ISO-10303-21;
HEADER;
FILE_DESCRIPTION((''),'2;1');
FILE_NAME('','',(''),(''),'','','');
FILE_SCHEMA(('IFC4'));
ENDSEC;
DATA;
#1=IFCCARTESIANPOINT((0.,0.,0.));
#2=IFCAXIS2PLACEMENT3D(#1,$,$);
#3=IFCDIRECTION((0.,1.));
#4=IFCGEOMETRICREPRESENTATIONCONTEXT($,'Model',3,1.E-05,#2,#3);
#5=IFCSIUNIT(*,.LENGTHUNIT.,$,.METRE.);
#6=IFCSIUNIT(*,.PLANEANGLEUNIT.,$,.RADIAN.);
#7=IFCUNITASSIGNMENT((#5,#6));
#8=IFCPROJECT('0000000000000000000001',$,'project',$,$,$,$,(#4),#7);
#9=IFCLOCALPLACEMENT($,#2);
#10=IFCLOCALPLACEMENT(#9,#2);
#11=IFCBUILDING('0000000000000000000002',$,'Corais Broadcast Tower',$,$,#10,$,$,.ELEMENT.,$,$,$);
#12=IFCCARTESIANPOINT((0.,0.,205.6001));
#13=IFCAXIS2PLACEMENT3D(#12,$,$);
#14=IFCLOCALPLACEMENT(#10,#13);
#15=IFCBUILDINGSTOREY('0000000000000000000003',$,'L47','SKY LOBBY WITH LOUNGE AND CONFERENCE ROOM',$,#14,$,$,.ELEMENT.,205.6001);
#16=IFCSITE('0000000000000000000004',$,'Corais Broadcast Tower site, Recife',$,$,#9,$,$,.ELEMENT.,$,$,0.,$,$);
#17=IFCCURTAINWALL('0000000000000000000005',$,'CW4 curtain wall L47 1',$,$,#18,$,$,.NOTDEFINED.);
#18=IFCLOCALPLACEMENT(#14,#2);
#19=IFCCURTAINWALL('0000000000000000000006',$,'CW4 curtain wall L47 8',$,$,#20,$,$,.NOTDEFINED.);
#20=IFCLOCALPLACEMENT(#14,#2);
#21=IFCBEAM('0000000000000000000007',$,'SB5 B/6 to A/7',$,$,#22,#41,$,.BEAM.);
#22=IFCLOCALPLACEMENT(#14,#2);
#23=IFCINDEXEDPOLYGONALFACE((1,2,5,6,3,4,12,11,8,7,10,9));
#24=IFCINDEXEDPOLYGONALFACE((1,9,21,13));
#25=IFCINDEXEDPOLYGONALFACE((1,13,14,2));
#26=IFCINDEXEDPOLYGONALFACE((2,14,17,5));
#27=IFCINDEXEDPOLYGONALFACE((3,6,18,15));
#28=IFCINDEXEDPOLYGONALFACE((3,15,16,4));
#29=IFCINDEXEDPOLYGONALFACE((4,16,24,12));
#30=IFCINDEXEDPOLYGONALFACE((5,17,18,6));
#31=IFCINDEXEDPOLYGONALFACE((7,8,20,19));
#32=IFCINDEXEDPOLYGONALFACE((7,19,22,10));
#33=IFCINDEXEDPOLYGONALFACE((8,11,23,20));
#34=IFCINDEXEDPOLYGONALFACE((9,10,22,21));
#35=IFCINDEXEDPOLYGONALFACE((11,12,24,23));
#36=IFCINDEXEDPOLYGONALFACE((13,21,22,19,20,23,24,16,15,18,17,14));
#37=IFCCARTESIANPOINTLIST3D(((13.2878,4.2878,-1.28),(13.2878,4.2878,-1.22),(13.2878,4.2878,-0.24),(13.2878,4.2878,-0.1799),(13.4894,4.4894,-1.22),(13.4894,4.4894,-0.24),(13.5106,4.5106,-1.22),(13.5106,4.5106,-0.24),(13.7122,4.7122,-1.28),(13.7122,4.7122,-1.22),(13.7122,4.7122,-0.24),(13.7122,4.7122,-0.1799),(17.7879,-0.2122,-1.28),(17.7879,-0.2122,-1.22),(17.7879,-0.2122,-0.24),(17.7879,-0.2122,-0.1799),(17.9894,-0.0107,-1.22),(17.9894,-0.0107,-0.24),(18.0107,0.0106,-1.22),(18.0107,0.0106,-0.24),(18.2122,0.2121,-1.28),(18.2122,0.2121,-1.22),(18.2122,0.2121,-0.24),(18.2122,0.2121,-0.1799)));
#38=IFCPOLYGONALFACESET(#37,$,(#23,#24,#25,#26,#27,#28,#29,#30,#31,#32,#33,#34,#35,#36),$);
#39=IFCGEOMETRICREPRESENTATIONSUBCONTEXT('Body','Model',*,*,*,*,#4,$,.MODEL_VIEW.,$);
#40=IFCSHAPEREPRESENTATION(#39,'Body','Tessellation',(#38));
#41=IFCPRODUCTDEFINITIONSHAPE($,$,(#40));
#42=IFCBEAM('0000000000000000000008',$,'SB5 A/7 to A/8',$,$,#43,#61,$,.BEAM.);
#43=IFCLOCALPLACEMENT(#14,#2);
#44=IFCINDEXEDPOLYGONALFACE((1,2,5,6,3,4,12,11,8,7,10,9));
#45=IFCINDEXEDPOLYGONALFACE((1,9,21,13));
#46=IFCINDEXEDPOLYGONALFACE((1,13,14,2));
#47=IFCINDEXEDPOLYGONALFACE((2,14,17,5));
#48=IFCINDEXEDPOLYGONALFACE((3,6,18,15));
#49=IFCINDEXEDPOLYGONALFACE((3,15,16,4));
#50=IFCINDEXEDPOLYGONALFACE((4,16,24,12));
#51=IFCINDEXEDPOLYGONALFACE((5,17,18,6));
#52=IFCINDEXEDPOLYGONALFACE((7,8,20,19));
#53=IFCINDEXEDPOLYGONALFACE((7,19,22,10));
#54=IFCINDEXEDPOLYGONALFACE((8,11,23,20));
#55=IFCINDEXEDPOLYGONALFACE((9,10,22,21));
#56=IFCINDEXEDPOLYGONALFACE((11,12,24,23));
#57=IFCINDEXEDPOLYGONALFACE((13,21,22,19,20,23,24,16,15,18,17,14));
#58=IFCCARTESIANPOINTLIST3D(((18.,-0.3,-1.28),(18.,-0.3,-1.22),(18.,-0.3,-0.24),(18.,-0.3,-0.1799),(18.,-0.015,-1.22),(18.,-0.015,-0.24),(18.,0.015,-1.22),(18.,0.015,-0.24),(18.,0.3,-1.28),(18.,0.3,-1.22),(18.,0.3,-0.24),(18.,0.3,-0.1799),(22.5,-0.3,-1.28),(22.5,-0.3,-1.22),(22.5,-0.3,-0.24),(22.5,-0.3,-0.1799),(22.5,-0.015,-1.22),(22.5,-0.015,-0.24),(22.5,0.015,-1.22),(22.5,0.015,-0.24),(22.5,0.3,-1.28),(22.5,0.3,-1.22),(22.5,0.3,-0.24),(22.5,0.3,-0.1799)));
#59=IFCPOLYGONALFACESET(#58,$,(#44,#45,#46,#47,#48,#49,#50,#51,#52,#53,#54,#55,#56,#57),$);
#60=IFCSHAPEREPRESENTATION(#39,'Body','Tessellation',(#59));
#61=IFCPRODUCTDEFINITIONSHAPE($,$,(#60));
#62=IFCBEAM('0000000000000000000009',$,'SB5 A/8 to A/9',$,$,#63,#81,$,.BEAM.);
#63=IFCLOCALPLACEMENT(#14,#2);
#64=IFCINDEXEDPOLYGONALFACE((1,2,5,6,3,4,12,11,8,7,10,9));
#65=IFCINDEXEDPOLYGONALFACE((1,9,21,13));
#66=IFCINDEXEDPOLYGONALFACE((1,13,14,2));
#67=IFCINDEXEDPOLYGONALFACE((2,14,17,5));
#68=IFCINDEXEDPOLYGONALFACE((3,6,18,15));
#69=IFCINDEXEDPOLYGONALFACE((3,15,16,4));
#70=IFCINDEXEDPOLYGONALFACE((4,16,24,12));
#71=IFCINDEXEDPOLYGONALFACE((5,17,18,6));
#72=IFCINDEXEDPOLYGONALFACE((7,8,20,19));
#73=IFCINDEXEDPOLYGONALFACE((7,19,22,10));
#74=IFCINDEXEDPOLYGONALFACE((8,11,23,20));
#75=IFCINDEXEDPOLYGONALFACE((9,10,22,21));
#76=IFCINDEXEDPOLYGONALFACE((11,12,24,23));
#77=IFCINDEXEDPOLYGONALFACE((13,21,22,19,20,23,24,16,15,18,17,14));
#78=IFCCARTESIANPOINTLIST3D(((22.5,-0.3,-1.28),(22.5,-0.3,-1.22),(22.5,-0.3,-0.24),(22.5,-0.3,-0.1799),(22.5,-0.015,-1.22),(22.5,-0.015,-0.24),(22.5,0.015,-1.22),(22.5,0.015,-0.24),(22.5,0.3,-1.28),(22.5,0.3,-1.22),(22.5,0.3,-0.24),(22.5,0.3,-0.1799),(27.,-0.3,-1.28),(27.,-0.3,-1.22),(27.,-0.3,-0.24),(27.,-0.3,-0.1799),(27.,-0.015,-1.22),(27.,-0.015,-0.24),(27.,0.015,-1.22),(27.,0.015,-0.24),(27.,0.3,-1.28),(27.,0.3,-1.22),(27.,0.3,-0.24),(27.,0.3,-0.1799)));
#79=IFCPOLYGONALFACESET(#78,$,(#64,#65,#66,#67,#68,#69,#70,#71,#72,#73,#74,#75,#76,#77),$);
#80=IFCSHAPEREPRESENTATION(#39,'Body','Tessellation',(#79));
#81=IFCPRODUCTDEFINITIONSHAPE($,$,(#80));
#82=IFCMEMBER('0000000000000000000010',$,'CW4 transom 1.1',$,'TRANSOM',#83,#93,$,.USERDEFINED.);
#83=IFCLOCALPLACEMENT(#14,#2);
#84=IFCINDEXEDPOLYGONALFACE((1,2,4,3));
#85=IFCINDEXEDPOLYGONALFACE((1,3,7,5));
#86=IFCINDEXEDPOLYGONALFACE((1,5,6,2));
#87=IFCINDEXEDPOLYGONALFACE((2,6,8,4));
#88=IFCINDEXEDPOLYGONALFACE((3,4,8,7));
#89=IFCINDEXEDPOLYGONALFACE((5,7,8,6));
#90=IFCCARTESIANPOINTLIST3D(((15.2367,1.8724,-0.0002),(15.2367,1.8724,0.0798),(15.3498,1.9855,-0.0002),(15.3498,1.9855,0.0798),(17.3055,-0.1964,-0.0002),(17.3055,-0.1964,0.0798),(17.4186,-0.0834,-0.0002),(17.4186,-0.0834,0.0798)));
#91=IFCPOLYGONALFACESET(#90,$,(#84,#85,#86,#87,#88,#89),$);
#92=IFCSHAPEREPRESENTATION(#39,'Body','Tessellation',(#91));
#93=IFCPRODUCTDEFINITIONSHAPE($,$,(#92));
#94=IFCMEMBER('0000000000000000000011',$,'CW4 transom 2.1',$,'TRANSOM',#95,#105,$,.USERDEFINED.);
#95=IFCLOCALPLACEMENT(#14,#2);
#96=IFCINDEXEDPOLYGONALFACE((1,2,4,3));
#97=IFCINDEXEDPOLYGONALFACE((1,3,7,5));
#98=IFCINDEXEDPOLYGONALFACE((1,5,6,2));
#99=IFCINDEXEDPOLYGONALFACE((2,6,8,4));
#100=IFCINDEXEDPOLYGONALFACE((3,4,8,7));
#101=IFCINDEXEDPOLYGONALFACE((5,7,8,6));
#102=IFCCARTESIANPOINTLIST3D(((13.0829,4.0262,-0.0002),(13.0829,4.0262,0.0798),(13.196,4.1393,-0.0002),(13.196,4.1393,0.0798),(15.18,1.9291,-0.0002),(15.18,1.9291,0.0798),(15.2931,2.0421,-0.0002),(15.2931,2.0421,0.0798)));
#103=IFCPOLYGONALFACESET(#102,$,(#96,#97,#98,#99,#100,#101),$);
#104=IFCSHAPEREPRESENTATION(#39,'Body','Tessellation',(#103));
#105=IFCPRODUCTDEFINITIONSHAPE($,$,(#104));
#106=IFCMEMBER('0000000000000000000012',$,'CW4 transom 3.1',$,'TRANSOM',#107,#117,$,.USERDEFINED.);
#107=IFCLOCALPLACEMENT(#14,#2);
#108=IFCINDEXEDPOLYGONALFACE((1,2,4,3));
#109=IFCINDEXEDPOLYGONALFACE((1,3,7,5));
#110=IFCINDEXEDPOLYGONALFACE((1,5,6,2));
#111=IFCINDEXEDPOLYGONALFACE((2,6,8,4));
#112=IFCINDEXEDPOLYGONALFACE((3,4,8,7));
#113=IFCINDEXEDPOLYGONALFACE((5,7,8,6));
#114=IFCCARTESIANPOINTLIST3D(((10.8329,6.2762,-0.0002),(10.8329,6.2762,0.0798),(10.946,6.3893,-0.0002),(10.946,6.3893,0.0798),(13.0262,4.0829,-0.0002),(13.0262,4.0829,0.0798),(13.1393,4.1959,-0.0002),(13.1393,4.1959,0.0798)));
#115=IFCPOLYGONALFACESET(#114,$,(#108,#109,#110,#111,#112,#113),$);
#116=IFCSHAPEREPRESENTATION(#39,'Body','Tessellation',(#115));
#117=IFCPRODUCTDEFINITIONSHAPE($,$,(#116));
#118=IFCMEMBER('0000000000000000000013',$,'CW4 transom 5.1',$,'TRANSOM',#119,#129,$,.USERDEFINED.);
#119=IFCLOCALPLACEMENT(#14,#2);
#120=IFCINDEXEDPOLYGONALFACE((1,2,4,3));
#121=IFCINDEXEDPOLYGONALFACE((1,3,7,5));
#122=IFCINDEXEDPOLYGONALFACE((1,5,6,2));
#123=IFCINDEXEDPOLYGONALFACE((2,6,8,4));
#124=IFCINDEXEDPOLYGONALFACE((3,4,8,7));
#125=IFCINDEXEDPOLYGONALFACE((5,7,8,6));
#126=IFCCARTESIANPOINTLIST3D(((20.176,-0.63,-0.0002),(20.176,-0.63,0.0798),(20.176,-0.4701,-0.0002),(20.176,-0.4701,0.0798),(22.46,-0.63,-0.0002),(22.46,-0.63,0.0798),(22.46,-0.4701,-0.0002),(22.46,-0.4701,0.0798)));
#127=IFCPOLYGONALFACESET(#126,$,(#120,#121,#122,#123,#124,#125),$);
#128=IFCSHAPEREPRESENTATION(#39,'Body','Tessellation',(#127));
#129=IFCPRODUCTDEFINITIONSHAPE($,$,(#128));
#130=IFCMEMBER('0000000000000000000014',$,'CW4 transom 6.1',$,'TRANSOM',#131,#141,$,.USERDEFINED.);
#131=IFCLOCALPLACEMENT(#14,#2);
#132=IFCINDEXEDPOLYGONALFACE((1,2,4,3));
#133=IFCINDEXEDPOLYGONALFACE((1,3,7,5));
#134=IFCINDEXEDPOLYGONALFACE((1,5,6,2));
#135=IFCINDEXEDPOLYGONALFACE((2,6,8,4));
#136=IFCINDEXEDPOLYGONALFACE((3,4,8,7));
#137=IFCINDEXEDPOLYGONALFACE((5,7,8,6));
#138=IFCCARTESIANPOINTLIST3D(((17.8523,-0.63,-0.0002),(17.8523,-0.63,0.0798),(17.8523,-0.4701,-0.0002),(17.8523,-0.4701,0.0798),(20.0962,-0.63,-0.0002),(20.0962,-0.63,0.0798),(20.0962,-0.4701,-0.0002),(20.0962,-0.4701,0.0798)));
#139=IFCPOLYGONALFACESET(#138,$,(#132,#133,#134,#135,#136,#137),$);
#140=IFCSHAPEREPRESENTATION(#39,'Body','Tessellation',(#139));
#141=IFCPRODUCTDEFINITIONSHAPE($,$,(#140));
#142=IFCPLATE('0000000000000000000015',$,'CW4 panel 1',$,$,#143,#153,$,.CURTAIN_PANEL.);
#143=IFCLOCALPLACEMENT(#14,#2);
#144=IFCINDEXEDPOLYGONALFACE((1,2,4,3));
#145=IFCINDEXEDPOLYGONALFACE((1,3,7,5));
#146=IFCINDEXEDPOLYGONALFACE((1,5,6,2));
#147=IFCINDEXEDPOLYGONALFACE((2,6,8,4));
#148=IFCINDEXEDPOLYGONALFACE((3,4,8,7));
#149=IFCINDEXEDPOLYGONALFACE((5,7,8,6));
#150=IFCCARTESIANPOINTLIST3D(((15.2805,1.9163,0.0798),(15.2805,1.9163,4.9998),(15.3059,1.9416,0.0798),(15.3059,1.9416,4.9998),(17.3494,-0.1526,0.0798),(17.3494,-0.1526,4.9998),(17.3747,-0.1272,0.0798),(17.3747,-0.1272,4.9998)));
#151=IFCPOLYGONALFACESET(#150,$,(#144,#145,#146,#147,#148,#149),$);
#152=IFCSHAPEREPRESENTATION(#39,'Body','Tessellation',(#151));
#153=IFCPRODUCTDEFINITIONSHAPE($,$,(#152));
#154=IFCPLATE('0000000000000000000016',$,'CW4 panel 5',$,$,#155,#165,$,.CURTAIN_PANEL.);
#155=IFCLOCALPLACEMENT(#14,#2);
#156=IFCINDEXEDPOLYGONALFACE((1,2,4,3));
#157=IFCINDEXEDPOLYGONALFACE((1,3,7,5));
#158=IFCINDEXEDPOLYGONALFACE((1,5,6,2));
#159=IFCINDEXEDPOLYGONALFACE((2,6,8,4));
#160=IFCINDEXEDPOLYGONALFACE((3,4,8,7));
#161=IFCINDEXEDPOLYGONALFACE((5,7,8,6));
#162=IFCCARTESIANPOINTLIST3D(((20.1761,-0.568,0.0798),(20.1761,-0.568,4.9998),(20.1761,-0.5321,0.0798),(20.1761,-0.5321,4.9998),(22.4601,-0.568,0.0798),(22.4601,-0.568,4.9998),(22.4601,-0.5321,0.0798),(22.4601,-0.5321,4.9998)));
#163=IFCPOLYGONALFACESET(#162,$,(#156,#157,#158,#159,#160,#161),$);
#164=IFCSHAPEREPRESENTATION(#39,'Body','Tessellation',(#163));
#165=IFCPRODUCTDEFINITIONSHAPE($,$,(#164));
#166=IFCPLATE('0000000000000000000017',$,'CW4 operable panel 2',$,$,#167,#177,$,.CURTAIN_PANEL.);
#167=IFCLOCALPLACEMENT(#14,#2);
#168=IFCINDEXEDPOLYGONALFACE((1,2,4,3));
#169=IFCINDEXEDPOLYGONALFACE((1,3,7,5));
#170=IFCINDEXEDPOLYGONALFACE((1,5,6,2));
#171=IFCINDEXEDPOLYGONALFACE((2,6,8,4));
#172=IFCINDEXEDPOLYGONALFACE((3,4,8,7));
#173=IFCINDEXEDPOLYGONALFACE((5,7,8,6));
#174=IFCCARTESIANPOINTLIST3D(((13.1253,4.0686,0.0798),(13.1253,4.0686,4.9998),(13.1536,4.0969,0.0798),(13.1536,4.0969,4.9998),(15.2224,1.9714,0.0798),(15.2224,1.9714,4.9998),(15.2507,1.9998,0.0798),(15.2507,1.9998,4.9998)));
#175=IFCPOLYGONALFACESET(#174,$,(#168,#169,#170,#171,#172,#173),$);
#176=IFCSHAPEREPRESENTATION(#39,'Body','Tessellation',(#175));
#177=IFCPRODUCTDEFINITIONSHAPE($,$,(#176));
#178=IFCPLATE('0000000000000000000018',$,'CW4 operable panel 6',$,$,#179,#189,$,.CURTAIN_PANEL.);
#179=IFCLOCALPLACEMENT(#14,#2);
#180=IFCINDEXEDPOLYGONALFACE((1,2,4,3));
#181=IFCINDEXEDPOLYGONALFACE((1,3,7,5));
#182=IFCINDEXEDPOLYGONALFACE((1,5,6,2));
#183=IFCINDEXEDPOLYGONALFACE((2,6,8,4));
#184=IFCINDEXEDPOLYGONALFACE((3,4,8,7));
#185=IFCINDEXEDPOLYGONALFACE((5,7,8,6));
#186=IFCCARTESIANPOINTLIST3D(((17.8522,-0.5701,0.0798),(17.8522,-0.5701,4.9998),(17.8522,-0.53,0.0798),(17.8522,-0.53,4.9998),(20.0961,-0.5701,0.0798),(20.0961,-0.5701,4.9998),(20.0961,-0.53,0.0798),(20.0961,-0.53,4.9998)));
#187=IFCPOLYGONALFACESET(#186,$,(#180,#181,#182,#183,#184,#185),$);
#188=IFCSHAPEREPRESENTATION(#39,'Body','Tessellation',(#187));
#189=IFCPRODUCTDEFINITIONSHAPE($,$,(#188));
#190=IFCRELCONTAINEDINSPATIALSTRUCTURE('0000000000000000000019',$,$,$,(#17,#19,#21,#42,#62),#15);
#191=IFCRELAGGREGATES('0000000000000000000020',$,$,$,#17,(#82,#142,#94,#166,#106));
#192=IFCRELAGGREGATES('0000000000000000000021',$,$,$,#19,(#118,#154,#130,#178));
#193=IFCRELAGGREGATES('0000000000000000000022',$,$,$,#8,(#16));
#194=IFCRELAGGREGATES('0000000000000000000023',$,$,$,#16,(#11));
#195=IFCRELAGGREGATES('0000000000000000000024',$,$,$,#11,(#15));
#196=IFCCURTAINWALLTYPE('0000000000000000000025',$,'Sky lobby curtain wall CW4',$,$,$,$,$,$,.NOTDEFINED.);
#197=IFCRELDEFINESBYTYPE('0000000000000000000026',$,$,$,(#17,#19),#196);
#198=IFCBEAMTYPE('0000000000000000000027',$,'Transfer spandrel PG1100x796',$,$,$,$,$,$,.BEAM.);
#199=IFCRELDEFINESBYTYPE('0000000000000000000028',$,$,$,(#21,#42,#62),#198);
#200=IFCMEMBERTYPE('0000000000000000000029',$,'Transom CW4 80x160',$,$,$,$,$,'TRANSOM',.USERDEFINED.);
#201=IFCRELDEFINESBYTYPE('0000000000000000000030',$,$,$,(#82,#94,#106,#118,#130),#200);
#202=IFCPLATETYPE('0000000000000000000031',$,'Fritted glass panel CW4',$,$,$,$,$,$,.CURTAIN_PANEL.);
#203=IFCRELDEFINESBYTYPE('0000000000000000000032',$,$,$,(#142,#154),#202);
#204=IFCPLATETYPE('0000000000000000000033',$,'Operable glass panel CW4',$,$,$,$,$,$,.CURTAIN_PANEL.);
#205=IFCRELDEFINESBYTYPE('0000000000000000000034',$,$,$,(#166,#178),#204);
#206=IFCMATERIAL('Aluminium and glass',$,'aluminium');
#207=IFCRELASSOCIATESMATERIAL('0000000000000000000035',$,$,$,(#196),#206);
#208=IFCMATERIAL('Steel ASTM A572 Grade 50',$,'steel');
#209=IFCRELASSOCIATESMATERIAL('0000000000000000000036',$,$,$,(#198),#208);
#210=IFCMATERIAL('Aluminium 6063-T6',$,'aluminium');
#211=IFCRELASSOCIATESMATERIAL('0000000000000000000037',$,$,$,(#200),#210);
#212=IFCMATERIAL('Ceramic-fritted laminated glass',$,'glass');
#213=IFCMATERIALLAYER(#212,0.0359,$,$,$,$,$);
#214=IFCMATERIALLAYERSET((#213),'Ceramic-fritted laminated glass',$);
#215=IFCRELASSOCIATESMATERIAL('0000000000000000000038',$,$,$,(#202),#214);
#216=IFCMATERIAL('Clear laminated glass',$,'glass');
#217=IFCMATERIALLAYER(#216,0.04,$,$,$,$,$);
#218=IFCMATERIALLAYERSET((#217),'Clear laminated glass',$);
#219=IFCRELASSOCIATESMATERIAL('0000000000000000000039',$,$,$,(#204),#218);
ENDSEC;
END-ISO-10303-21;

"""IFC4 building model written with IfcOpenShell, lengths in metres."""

from ifc_helpers import new_model, si_unit, direction, frame, origin, origin_2d, place, context, subcontext, project, spatial, rectangle, i_section, extrude, material, layer, layer_set, material_profile, profile_set, type_object, element, aggregate, save


model = new_model("IFC4")

# Units and contexts
model_context = context("Model", 3, precision=1e-05, world=origin(), true_north=direction((0.0, 1.0)))
body_context = subcontext(model_context, "Body", "Model", "MODEL_VIEW")
ifc_project = project(units=[si_unit("LENGTHUNIT", "METRE"), si_unit("PLANEANGLEUNIT", "RADIAN")], contexts=[model_context])

# Site, building, storey
site_placement = place(None, origin())
site = spatial("IfcSite", under=ifc_project, at=site_placement, Name="Corais Broadcast Tower site, Recife", CompositionType="ELEMENT", RefElevation=0.0)
building_placement = place(site_placement, origin())
building = spatial("IfcBuilding", under=site, at=building_placement, Name="Corais Broadcast Tower", CompositionType="ELEMENT")
storey_placement = place(building_placement, frame((0.0, 0.0, 205.6001)))
storey = spatial("IfcBuildingStorey", under=building, at=storey_placement, Name="L47", Description="SKY LOBBY WITH LOUNGE AND CONFERENCE ROOM", CompositionType="ELEMENT", Elevation=205.6001)

# Curtain walls
ifc_material_1 = material(Name="Aluminium and glass", Category="aluminium")
curtain_wall_type = type_object("IfcCurtainWallType", Name="Sky lobby curtain wall CW4", PredefinedType="NOTDEFINED", material=ifc_material_1)
curtain_wall_1_placement = place(storey_placement, origin())
curtain_wall_1 = element("IfcCurtainWall", 1, at=curtain_wall_1_placement, inside=storey, type_object=curtain_wall_type, Name="CW4 curtain wall L47 1", PredefinedType="NOTDEFINED")
curtain_wall_2_placement = place(storey_placement, origin())
curtain_wall_2 = element("IfcCurtainWall", 2, at=curtain_wall_2_placement, inside=storey, type_object=curtain_wall_type, Name="CW4 curtain wall L47 8", PredefinedType="NOTDEFINED")

# Beams
ifc_material_2 = material(Name="Steel ASTM A572 Grade 50", Category="steel")
ifc_material_profile_1 = material_profile(ifc_material_2, i_section(OverallWidth=0.6001, OverallDepth=1.1001, WebThickness=0.03, FlangeThickness=0.0601, at=origin_2d()), Name="PG1100x796")
ifc_profile_set_1 = profile_set([ifc_material_profile_1], Name="Steel ASTM A572 Grade 50")
beam_type_1 = type_object("IfcBeamType", Name="Transfer spandrel PG1100x796", PredefinedType="BEAM", material=ifc_profile_set_1)
beam_1_placement = place(storey_placement, frame((13.5, 4.5, -0.73), z_axis=(0.707107, -0.707107, 0.0), x_axis=(0.707107, 0.707107, 0.0)))
element("IfcBeam", 3, at=beam_1_placement, inside=storey, type_object=beam_type_1, Name="SB5 B/6 to A/7", PredefinedType="BEAM", context=body_context, shape_type="SweptSolid", body=[
    extrude(i_section(OverallWidth=0.6001, OverallDepth=1.1001, WebThickness=0.03, FlangeThickness=0.0601, at=origin_2d()), origin(), (0.0, 0.0, 1.0), 6.364),
])
for number, where, z_axis, x_axis, name in (
    (4, (18.0, 0.0, -0.73), (1.0, 0.0, 0.0), (0.0, 1.0, 0.0), "SB5 A/7 to A/8"),
    (5, (22.5, 0.0, -0.73), (1.0, 0.0, 0.0), (0.0, 1.0, 0.0), "SB5 A/8 to A/9"),
):
    element("IfcBeam", number, at=place(storey_placement, frame(where, z_axis=z_axis, x_axis=x_axis)), inside=storey, type_object=beam_type_1, Name=name, PredefinedType="BEAM", context=body_context, shape_type="SweptSolid", body=[
        extrude(i_section(OverallWidth=0.6001, OverallDepth=1.1001, WebThickness=0.03, FlangeThickness=0.0601, at=origin_2d()), origin(), (0.0, 0.0, 1.0), 4.5),
    ])

# Members
ifc_material_3 = material(Name="Aluminium 6063-T6", Category="aluminium")
ifc_material_profile_2 = material_profile(ifc_material_3, rectangle(XDim=0.1599, YDim=0.0801, at=origin_2d()), Name="Transom CW4 80x160")
ifc_profile_set_2 = profile_set([ifc_material_profile_2], Name="Aluminium 6063-T6")
member_type_1 = type_object("IfcMemberType", Name="Transom CW4 80x160", ElementType="TRANSOM", PredefinedType="USERDEFINED", material=ifc_profile_set_2)
member_1_placement = place(storey_placement, frame((17.3621, -0.1399, 0.0398), z_axis=(-0.707107, 0.707107, 0.0), x_axis=(-0.707107, -0.707107, 0.0)))
member_1 = element("IfcMember", 6, at=member_1_placement, type_object=member_type_1, Name="CW4 transom 1.1", ObjectType="TRANSOM", PredefinedType="USERDEFINED", context=body_context, shape_type="SweptSolid", body=[
    extrude(rectangle(XDim=0.1599, YDim=0.0801, at=origin_2d()), origin(), (0.0, 0.0, 1.0), 2.9258),
])
member_2_placement = place(storey_placement, frame((15.2366, 1.9856, 0.0398), z_axis=(-0.707107, 0.707107, 0.0), x_axis=(-0.707107, -0.707107, 0.0)))
member_2 = element("IfcMember", 7, at=member_2_placement, type_object=member_type_1, Name="CW4 transom 2.1", ObjectType="TRANSOM", PredefinedType="USERDEFINED", context=body_context, shape_type="SweptSolid", body=[
    extrude(rectangle(XDim=0.1599, YDim=0.0801, at=origin_2d()), origin(), (0.0, 0.0, 1.0), 2.9658),
])
member_3_placement = place(storey_placement, frame((13.0828, 4.1394, 0.0398), z_axis=(-0.707107, 0.707107, 0.0), x_axis=(-0.707107, -0.707107, 0.0)))
member_3 = element("IfcMember", 8, at=member_3_placement, type_object=member_type_1, Name="CW4 transom 3.1", ObjectType="TRANSOM", PredefinedType="USERDEFINED", context=body_context, shape_type="SweptSolid", body=[
    extrude(rectangle(XDim=0.1599, YDim=0.0801, at=origin_2d()), origin(), (0.0, 0.0, 1.0), 3.1018),
])
member_4_placement = place(storey_placement, frame((22.46, -0.55, 0.0398), z_axis=(-1.0, 0.0, 0.0), x_axis=(0.0, -1.0, 0.0)))
member_4 = element("IfcMember", 9, at=member_4_placement, type_object=member_type_1, Name="CW4 transom 5.1", ObjectType="TRANSOM", PredefinedType="USERDEFINED", context=body_context, shape_type="SweptSolid", body=[
    extrude(rectangle(XDim=0.1599, YDim=0.0801, at=origin_2d()), origin(), (0.0, 0.0, 1.0), 2.2839),
])
member_5_placement = place(storey_placement, frame((20.0962, -0.55, 0.0398), z_axis=(-1.0, 0.0, 0.0), x_axis=(0.0, -1.0, 0.0)))
member_5 = element("IfcMember", 10, at=member_5_placement, type_object=member_type_1, Name="CW4 transom 6.1", ObjectType="TRANSOM", PredefinedType="USERDEFINED", context=body_context, shape_type="SweptSolid", body=[
    extrude(rectangle(XDim=0.1599, YDim=0.0801, at=origin_2d()), origin(), (0.0, 0.0, 1.0), 2.2439),
])

# Plates
ifc_material_4 = material(Name="Ceramic-fritted laminated glass", Category="glass")
ifc_layer_1 = layer(ifc_material_4, 0.0359)
ifc_layer_set_1 = layer_set([ifc_layer_1], Name="Ceramic-fritted laminated glass")
plate_type_1 = type_object("IfcPlateType", Name="Fritted glass panel CW4", PredefinedType="CURTAIN_PANEL", material=ifc_layer_set_1)
plate_1_placement = place(storey_placement, frame((16.3276, 0.8945, 0.0798), z_axis=(0.0, 0.0, 1.0), x_axis=(-0.707107, 0.707107, 0.0)))
plate_1 = element("IfcPlate", 11, at=plate_1_placement, type_object=plate_type_1, Name="CW4 panel 1", PredefinedType="CURTAIN_PANEL", context=body_context, shape_type="SweptSolid", body=[
    extrude(rectangle(XDim=2.9258, YDim=0.0359, at=origin_2d()), origin(), (0.0, 0.0, 1.0), 4.9199),
])
plate_2_placement = place(storey_placement, frame((21.3181, -0.55, 0.0798), z_axis=(0.0, 0.0, 1.0), x_axis=(-1.0, 0.0, 0.0)))
plate_2 = element("IfcPlate", 12, at=plate_2_placement, type_object=plate_type_1, Name="CW4 panel 5", PredefinedType="CURTAIN_PANEL", context=body_context, shape_type="SweptSolid", body=[
    extrude(rectangle(XDim=2.2839, YDim=0.0359, at=origin_2d()), origin(), (0.0, 0.0, 1.0), 4.9199),
])
ifc_material_5 = material(Name="Clear laminated glass", Category="glass")
ifc_layer_2 = layer(ifc_material_5, 0.04)
ifc_layer_set_2 = layer_set([ifc_layer_2], Name="Clear laminated glass")
plate_type_2 = type_object("IfcPlateType", Name="Operable glass panel CW4", PredefinedType="CURTAIN_PANEL", material=ifc_layer_set_2)
plate_3_placement = place(storey_placement, frame((14.188, 3.0342, 0.0798), z_axis=(0.0, 0.0, 1.0), x_axis=(-0.707107, 0.707107, 0.0)))
plate_3 = element("IfcPlate", 13, at=plate_3_placement, type_object=plate_type_2, Name="CW4 operable panel 2", PredefinedType="CURTAIN_PANEL", context=body_context, shape_type="SweptSolid", body=[
    extrude(rectangle(XDim=2.9658, YDim=0.04, at=origin_2d()), origin(), (0.0, 0.0, 1.0), 4.9199),
])
aggregate(curtain_wall_1, [member_1, plate_1, member_2, plate_3, member_3])
plate_4_placement = place(storey_placement, frame((18.9741, -0.55, 0.0798), z_axis=(0.0, 0.0, 1.0), x_axis=(-1.0, 0.0, 0.0)))
plate_4 = element("IfcPlate", 14, at=plate_4_placement, type_object=plate_type_2, Name="CW4 operable panel 6", PredefinedType="CURTAIN_PANEL", context=body_context, shape_type="SweptSolid", body=[
    extrude(rectangle(XDim=2.2439, YDim=0.04, at=origin_2d()), origin(), (0.0, 0.0, 1.0), 4.9199),
])
aggregate(curtain_wall_2, [member_4, plate_2, member_5, plate_4])

save(model, "model.ifc")
